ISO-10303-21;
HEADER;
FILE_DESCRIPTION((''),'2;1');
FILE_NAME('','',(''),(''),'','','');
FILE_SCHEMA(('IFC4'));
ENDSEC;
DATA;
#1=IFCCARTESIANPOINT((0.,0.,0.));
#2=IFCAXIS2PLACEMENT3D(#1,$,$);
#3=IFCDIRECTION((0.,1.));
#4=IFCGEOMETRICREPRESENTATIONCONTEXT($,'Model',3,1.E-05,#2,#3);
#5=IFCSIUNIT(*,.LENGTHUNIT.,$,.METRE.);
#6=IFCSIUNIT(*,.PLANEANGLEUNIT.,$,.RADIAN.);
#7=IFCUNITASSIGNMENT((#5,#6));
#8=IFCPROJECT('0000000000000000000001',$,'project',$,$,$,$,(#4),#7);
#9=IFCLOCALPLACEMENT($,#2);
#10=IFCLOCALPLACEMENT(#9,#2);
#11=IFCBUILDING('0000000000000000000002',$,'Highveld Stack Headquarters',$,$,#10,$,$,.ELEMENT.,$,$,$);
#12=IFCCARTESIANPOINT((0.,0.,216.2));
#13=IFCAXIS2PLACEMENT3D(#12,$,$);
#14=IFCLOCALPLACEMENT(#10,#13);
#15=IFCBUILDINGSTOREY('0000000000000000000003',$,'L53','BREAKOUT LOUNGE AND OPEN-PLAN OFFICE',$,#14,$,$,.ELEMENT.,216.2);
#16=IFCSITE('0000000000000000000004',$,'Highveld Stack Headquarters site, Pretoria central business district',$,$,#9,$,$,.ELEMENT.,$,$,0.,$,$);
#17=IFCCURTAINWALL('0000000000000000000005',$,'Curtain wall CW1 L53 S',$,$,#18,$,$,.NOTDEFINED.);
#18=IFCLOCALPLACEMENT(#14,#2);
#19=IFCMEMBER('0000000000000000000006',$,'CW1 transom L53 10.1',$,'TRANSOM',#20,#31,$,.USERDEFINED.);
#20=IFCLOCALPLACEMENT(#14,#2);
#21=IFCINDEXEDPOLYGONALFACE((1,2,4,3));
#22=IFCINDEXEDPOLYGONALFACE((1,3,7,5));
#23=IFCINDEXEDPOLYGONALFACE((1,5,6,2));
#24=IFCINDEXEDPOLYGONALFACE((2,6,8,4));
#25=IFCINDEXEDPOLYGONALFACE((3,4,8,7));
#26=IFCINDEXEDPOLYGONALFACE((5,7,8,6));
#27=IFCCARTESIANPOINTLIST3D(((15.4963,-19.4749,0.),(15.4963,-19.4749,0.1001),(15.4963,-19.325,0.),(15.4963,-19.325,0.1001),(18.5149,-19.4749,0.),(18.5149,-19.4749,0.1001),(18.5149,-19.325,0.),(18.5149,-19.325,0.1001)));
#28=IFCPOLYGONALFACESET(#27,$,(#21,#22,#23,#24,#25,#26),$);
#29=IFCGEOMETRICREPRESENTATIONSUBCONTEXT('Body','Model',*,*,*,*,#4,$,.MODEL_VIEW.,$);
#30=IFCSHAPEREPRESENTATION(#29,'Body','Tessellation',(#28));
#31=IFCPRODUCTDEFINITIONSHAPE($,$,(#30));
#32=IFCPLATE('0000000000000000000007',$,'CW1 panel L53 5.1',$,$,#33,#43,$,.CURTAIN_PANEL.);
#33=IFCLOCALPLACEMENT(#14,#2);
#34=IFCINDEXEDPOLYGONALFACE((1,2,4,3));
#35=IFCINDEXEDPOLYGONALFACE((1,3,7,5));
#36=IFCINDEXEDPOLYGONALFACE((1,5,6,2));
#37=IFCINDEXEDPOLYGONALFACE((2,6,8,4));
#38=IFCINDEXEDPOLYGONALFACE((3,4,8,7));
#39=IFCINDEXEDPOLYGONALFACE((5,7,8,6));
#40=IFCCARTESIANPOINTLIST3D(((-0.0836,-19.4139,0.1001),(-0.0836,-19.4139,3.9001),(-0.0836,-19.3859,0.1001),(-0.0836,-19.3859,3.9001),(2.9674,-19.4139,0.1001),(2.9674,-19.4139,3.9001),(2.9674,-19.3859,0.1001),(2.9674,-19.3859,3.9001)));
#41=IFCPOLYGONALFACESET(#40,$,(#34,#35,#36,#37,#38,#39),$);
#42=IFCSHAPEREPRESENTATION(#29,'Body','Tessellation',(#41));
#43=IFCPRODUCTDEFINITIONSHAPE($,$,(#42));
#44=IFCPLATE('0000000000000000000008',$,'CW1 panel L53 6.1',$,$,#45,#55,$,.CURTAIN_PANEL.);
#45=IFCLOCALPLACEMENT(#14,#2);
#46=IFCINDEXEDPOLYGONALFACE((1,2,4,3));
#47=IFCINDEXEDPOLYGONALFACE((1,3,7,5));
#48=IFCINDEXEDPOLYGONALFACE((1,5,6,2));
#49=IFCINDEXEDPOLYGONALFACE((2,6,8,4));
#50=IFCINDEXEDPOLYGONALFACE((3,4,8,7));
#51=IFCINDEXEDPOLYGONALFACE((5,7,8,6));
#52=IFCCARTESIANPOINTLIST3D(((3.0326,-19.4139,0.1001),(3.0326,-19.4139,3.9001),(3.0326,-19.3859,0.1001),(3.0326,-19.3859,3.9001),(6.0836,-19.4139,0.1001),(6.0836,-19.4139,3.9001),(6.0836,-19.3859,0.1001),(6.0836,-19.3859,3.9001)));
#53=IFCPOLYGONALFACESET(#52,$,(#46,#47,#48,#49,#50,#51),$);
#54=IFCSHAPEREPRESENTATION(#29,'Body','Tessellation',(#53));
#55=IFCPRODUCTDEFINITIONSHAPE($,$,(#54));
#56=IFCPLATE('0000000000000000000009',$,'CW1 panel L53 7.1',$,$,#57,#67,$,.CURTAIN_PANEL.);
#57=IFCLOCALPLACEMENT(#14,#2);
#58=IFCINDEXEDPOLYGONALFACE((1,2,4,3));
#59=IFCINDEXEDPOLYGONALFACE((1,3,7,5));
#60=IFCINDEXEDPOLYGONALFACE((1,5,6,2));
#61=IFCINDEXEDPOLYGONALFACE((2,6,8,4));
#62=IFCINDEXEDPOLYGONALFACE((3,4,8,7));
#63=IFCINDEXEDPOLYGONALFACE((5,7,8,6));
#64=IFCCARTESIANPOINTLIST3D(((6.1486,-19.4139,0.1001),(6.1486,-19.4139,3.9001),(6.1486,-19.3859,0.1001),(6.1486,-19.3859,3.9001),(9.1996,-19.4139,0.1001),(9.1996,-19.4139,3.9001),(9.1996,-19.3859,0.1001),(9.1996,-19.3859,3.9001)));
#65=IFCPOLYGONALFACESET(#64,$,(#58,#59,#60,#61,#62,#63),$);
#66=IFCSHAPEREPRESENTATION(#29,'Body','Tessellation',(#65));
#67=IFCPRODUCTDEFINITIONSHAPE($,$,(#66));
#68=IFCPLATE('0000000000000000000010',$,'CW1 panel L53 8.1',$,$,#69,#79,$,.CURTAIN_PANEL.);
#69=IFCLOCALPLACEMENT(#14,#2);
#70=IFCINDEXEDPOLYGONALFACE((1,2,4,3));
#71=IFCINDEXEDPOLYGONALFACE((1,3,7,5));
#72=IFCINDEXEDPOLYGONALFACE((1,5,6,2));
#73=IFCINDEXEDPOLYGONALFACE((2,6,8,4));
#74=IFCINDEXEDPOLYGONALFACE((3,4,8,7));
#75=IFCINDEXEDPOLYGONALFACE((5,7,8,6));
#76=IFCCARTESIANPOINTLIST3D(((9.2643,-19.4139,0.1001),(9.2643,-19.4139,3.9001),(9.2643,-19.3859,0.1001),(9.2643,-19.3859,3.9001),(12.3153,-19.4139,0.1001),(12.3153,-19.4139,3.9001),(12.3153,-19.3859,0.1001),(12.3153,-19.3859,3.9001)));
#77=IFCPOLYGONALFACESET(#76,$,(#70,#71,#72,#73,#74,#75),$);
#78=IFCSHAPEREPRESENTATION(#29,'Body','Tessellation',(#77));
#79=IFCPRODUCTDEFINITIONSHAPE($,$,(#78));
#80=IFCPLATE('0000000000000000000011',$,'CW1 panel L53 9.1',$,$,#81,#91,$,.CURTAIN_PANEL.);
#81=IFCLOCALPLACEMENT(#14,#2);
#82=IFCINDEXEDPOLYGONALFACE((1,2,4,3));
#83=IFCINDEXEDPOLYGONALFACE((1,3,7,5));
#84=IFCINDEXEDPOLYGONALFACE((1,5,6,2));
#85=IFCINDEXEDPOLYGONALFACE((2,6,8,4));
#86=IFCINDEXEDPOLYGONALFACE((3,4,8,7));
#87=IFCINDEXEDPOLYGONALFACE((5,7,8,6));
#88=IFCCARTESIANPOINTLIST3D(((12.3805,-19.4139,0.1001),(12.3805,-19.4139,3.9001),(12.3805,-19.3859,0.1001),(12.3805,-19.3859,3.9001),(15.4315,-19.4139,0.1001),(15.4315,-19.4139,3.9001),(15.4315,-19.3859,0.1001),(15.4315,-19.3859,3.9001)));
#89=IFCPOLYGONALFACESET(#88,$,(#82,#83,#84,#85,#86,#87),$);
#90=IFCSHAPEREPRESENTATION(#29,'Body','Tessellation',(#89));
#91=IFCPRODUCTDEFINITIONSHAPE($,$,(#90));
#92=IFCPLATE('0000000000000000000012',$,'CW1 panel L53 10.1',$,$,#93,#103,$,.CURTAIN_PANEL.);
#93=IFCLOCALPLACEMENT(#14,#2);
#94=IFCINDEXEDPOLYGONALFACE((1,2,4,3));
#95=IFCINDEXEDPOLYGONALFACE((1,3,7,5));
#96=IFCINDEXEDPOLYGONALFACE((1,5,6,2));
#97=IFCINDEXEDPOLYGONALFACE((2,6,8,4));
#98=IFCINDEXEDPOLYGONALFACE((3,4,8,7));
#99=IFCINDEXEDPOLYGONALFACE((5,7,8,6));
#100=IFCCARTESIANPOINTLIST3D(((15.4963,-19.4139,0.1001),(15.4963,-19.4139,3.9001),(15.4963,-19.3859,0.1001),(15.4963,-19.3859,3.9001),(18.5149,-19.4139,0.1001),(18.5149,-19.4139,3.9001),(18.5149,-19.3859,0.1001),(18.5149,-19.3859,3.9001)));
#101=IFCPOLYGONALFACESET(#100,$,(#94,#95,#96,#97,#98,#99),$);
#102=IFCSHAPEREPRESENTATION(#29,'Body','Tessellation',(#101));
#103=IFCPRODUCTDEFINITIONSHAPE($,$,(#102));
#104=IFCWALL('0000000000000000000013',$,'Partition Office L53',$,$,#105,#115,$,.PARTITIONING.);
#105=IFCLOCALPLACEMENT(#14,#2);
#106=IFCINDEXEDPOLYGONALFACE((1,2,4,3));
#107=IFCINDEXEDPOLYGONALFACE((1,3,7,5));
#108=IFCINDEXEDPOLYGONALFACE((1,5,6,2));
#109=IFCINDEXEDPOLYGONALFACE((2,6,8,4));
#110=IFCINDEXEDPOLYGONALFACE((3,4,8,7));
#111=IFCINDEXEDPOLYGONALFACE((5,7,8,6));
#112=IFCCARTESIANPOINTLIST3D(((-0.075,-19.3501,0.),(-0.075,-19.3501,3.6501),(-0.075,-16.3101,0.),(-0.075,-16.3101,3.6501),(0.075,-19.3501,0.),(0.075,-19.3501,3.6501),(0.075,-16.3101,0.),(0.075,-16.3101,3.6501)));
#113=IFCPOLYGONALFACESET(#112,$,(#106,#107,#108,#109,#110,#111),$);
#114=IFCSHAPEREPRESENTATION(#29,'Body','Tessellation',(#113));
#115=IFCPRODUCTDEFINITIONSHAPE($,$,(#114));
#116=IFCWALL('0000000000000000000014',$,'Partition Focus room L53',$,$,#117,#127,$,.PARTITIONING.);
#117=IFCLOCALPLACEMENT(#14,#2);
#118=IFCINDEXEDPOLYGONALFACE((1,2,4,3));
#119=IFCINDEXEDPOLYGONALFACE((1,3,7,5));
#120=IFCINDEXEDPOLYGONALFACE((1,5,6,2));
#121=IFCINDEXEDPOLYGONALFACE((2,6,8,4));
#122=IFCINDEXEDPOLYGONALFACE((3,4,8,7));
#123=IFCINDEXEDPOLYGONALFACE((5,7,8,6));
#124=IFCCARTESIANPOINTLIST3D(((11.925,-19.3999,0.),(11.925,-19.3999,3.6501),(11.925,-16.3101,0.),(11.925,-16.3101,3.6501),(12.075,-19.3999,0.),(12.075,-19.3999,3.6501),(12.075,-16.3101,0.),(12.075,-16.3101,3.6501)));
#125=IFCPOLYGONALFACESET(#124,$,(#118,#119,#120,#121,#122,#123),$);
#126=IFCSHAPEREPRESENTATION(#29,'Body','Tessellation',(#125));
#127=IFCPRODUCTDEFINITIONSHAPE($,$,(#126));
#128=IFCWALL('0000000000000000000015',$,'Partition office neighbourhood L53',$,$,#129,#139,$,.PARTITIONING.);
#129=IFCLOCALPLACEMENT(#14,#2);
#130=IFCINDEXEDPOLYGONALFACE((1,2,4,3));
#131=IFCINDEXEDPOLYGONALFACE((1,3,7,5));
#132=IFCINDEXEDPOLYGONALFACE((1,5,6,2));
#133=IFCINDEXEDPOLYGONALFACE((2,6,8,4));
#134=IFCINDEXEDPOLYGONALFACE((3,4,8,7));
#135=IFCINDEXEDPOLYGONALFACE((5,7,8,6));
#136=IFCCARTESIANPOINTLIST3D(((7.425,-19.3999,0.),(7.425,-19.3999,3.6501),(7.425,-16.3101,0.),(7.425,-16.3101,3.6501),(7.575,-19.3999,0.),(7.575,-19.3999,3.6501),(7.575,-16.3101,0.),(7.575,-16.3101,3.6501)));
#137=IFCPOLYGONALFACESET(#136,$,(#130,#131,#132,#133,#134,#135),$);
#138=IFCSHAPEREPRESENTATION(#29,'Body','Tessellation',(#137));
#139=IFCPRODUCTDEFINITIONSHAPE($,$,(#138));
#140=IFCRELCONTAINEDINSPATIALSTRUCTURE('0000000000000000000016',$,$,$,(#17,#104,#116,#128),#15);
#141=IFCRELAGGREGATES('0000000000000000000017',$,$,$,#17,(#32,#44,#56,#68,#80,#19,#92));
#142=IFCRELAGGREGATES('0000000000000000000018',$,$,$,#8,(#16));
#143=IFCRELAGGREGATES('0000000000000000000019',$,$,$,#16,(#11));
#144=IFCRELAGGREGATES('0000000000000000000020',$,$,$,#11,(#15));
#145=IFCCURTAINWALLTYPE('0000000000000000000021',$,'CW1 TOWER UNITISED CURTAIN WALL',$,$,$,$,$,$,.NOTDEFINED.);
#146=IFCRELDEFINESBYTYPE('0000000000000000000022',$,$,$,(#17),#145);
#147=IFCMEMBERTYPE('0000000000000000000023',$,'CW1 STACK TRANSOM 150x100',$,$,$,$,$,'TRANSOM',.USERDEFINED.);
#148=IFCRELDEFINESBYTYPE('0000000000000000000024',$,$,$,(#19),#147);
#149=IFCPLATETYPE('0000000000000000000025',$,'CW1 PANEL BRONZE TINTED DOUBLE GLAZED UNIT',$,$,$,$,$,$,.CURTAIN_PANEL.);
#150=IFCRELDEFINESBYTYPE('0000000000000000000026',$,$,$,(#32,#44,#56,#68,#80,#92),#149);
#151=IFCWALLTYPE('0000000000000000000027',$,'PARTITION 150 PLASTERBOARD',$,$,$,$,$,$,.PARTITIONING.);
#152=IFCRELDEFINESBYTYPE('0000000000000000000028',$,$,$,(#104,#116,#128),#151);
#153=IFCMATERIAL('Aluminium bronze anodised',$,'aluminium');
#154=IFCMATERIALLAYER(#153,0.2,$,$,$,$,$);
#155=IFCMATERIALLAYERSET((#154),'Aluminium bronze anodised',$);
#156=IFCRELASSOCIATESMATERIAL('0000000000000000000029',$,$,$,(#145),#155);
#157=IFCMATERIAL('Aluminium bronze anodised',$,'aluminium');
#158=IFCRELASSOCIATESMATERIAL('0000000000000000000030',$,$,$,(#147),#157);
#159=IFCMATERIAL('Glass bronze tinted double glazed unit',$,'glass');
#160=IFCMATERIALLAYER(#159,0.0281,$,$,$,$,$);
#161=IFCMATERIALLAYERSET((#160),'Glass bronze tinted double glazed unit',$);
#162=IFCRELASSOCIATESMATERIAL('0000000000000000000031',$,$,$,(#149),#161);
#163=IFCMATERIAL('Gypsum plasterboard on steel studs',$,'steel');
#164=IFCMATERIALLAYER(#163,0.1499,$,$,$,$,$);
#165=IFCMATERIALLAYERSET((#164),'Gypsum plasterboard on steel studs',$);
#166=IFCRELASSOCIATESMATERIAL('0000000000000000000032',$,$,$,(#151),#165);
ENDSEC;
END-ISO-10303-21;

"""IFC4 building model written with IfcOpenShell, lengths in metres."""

from ifc_helpers import new_model, si_unit, direction, frame, frame_2d, origin, origin_2d, place, context, subcontext, project, spatial, rectangle, extrude, material, layer, layer_set, material_profile, profile_set, type_object, element, aggregate, save


model = new_model("IFC4")

# Units and contexts
model_context = context("Model", 3, precision=1e-05, world=origin(), true_north=direction((0.0, 1.0)))
body_context = subcontext(model_context, "Body", "Model", "MODEL_VIEW")
ifc_project = project(units=[si_unit("LENGTHUNIT", "METRE"), si_unit("PLANEANGLEUNIT", "RADIAN")], contexts=[model_context])

# Site, building, storey
site_placement = place(None, origin())
site = spatial("IfcSite", under=ifc_project, at=site_placement, Name="Highveld Stack Headquarters site, Pretoria central business district", CompositionType="ELEMENT", RefElevation=0.0)
building_placement = place(site_placement, origin())
building = spatial("IfcBuilding", under=site, at=building_placement, Name="Highveld Stack Headquarters", CompositionType="ELEMENT")
storey_placement = place(building_placement, frame((0.0, 0.0, 216.2)))
storey = spatial("IfcBuildingStorey", under=building, at=storey_placement, Name="L53", Description="BREAKOUT LOUNGE AND OPEN-PLAN OFFICE", CompositionType="ELEMENT", Elevation=216.2)

# Curtain wall, member, plates
ifc_material_1 = material(Name="Aluminium bronze anodised", Category="aluminium")
ifc_layer_1 = layer(ifc_material_1, 0.2)
ifc_layer_set_1 = layer_set([ifc_layer_1], Name="Aluminium bronze anodised")
curtain_wall_type = type_object("IfcCurtainWallType", Name="CW1 TOWER UNITISED CURTAIN WALL", PredefinedType="NOTDEFINED", material=ifc_layer_set_1)
curtain_wall_placement = place(storey_placement, origin())
curtain_wall = element("IfcCurtainWall", 1, at=curtain_wall_placement, inside=storey, type_object=curtain_wall_type, Name="Curtain wall CW1 L53 S", PredefinedType="NOTDEFINED")
ifc_material_2 = material(Name="Aluminium bronze anodised", Category="aluminium")
ifc_material_profile_1 = material_profile(ifc_material_2, rectangle(XDim=0.1499, YDim=0.1001, at=origin_2d()), Name="CW1 TRANSOM 150x100")
ifc_profile_set_1 = profile_set([ifc_material_profile_1], Name="Aluminium bronze anodised")
member_type_1 = type_object("IfcMemberType", Name="CW1 STACK TRANSOM 150x100", ElementType="TRANSOM", PredefinedType="USERDEFINED", material=ifc_profile_set_1)
member_1_placement = place(storey_placement, frame((15.4963, -19.3999, 0.05), z_axis=(1.0, 0.0, 0.0), x_axis=(0.0, 1.0, 0.0)))
member_1 = element("IfcMember", 2, at=member_1_placement, type_object=member_type_1, Name="CW1 transom L53 10.1", ObjectType="TRANSOM", PredefinedType="USERDEFINED", context=body_context, shape_type="SweptSolid", body=[
    extrude(rectangle(XDim=0.1499, YDim=0.1001, at=origin_2d()), origin(), (0.0, 0.0, 1.0), 3.0186),
])
ifc_material_3 = material(Name="Glass bronze tinted double glazed unit", Category="glass")
ifc_layer_2 = layer(ifc_material_3, 0.0281)
ifc_layer_set_2 = layer_set([ifc_layer_2], Name="Glass bronze tinted double glazed unit")
plate_type = type_object("IfcPlateType", Name="CW1 PANEL BRONZE TINTED DOUBLE GLAZED UNIT", PredefinedType="CURTAIN_PANEL", material=ifc_layer_set_2)
plate_1_placement = place(storey_placement, frame((1.4419, -19.3999, 0.1001), z_axis=(0.0, 0.0, 1.0), x_axis=(1.0, 0.0, 0.0)))
plate_1 = element("IfcPlate", 3, at=plate_1_placement, type_object=plate_type, Name="CW1 panel L53 5.1", PredefinedType="CURTAIN_PANEL", context=body_context, shape_type="SweptSolid", body=[
    extrude(rectangle(XDim=3.051, YDim=0.0281, at=origin_2d()), origin(), (0.0, 0.0, 1.0), 3.8),
])
plate_2_placement = place(storey_placement, frame((4.5581, -19.3999, 0.1001), z_axis=(0.0, 0.0, 1.0), x_axis=(1.0, 0.0, 0.0)))
plate_2 = element("IfcPlate", 4, at=plate_2_placement, type_object=plate_type, Name="CW1 panel L53 6.1", PredefinedType="CURTAIN_PANEL", context=body_context, shape_type="SweptSolid", body=[
    extrude(rectangle(XDim=3.051, YDim=0.0281, at=origin_2d()), origin(), (0.0, 0.0, 1.0), 3.8),
])
plate_3_placement = place(storey_placement, frame((7.6741, -19.3999, 0.1001), z_axis=(0.0, 0.0, 1.0), x_axis=(1.0, 0.0, 0.0)))
plate_3 = element("IfcPlate", 5, at=plate_3_placement, type_object=plate_type, Name="CW1 panel L53 7.1", PredefinedType="CURTAIN_PANEL", context=body_context, shape_type="SweptSolid", body=[
    extrude(rectangle(XDim=3.051, YDim=0.0281, at=origin_2d()), origin(), (0.0, 0.0, 1.0), 3.8),
])
plate_4_placement = place(storey_placement, frame((10.7898, -19.3999, 0.1001), z_axis=(0.0, 0.0, 1.0), x_axis=(1.0, 0.0, 0.0)))
plate_4 = element("IfcPlate", 6, at=plate_4_placement, type_object=plate_type, Name="CW1 panel L53 8.1", PredefinedType="CURTAIN_PANEL", context=body_context, shape_type="SweptSolid", body=[
    extrude(rectangle(XDim=3.051, YDim=0.0281, at=origin_2d()), origin(), (0.0, 0.0, 1.0), 3.8),
])
plate_5_placement = place(storey_placement, frame((13.906, -19.3999, 0.1001), z_axis=(0.0, 0.0, 1.0), x_axis=(1.0, 0.0, 0.0)))
plate_5 = element("IfcPlate", 7, at=plate_5_placement, type_object=plate_type, Name="CW1 panel L53 9.1", PredefinedType="CURTAIN_PANEL", context=body_context, shape_type="SweptSolid", body=[
    extrude(rectangle(XDim=3.051, YDim=0.0281, at=origin_2d()), origin(), (0.0, 0.0, 1.0), 3.8),
])
plate_6_placement = place(storey_placement, frame((17.0056, -19.3999, 0.1001), z_axis=(0.0, 0.0, 1.0), x_axis=(1.0, 0.0, 0.0)))
plate_6 = element("IfcPlate", 8, at=plate_6_placement, type_object=plate_type, Name="CW1 panel L53 10.1", PredefinedType="CURTAIN_PANEL", context=body_context, shape_type="SweptSolid", body=[
    extrude(rectangle(XDim=3.0186, YDim=0.0281, at=origin_2d()), origin(), (0.0, 0.0, 1.0), 3.8),
])
aggregate(curtain_wall, [plate_1, plate_2, plate_3, plate_4, plate_5, member_1, plate_6])

# Walls
ifc_material_4 = material(Name="Gypsum plasterboard on steel studs", Category="steel")
ifc_layer_3 = layer(ifc_material_4, 0.1499)
ifc_layer_set_3 = layer_set([ifc_layer_3], Name="Gypsum plasterboard on steel studs")
wall_type = type_object("IfcWallType", Name="PARTITION 150 PLASTERBOARD", PredefinedType="PARTITIONING", material=ifc_layer_set_3)
wall_placement = place(storey_placement, frame((0.0, -19.3501, 0.0), z_axis=(0.0, 0.0, 1.0), x_axis=(0.0, 1.0, 0.0)))
element("IfcWall", 9, at=wall_placement, inside=storey, type_object=wall_type, Name="Partition Office L53", PredefinedType="PARTITIONING", context=body_context, shape_type="SweptSolid", body=[
    extrude(rectangle(XDim=3.04, YDim=0.1499, at=frame_2d((1.52, 0.0))), origin(), (0.0, 0.0, 1.0), 3.6501),
])
for number, where, z_axis, x_axis, name in (
    (10, (12.0, -19.3999, 0.0), (0.0, 0.0, 1.0), (0.0, 1.0, 0.0), "Partition Focus room L53"),
    (11, (7.5, -19.3999, 0.0), (0.0, 0.0, 1.0), (0.0, 1.0, 0.0), "Partition office neighbourhood L53"),
):
    element("IfcWall", number, at=place(storey_placement, frame(where, z_axis=z_axis, x_axis=x_axis)), inside=storey, type_object=wall_type, Name=name, PredefinedType="PARTITIONING", context=body_context, shape_type="SweptSolid", body=[
        extrude(rectangle(XDim=3.0898, YDim=0.1499, at=frame_2d((1.5449, 0.0))), origin(), (0.0, 0.0, 1.0), 3.6501),
    ])

save(model, "model.ifc")
